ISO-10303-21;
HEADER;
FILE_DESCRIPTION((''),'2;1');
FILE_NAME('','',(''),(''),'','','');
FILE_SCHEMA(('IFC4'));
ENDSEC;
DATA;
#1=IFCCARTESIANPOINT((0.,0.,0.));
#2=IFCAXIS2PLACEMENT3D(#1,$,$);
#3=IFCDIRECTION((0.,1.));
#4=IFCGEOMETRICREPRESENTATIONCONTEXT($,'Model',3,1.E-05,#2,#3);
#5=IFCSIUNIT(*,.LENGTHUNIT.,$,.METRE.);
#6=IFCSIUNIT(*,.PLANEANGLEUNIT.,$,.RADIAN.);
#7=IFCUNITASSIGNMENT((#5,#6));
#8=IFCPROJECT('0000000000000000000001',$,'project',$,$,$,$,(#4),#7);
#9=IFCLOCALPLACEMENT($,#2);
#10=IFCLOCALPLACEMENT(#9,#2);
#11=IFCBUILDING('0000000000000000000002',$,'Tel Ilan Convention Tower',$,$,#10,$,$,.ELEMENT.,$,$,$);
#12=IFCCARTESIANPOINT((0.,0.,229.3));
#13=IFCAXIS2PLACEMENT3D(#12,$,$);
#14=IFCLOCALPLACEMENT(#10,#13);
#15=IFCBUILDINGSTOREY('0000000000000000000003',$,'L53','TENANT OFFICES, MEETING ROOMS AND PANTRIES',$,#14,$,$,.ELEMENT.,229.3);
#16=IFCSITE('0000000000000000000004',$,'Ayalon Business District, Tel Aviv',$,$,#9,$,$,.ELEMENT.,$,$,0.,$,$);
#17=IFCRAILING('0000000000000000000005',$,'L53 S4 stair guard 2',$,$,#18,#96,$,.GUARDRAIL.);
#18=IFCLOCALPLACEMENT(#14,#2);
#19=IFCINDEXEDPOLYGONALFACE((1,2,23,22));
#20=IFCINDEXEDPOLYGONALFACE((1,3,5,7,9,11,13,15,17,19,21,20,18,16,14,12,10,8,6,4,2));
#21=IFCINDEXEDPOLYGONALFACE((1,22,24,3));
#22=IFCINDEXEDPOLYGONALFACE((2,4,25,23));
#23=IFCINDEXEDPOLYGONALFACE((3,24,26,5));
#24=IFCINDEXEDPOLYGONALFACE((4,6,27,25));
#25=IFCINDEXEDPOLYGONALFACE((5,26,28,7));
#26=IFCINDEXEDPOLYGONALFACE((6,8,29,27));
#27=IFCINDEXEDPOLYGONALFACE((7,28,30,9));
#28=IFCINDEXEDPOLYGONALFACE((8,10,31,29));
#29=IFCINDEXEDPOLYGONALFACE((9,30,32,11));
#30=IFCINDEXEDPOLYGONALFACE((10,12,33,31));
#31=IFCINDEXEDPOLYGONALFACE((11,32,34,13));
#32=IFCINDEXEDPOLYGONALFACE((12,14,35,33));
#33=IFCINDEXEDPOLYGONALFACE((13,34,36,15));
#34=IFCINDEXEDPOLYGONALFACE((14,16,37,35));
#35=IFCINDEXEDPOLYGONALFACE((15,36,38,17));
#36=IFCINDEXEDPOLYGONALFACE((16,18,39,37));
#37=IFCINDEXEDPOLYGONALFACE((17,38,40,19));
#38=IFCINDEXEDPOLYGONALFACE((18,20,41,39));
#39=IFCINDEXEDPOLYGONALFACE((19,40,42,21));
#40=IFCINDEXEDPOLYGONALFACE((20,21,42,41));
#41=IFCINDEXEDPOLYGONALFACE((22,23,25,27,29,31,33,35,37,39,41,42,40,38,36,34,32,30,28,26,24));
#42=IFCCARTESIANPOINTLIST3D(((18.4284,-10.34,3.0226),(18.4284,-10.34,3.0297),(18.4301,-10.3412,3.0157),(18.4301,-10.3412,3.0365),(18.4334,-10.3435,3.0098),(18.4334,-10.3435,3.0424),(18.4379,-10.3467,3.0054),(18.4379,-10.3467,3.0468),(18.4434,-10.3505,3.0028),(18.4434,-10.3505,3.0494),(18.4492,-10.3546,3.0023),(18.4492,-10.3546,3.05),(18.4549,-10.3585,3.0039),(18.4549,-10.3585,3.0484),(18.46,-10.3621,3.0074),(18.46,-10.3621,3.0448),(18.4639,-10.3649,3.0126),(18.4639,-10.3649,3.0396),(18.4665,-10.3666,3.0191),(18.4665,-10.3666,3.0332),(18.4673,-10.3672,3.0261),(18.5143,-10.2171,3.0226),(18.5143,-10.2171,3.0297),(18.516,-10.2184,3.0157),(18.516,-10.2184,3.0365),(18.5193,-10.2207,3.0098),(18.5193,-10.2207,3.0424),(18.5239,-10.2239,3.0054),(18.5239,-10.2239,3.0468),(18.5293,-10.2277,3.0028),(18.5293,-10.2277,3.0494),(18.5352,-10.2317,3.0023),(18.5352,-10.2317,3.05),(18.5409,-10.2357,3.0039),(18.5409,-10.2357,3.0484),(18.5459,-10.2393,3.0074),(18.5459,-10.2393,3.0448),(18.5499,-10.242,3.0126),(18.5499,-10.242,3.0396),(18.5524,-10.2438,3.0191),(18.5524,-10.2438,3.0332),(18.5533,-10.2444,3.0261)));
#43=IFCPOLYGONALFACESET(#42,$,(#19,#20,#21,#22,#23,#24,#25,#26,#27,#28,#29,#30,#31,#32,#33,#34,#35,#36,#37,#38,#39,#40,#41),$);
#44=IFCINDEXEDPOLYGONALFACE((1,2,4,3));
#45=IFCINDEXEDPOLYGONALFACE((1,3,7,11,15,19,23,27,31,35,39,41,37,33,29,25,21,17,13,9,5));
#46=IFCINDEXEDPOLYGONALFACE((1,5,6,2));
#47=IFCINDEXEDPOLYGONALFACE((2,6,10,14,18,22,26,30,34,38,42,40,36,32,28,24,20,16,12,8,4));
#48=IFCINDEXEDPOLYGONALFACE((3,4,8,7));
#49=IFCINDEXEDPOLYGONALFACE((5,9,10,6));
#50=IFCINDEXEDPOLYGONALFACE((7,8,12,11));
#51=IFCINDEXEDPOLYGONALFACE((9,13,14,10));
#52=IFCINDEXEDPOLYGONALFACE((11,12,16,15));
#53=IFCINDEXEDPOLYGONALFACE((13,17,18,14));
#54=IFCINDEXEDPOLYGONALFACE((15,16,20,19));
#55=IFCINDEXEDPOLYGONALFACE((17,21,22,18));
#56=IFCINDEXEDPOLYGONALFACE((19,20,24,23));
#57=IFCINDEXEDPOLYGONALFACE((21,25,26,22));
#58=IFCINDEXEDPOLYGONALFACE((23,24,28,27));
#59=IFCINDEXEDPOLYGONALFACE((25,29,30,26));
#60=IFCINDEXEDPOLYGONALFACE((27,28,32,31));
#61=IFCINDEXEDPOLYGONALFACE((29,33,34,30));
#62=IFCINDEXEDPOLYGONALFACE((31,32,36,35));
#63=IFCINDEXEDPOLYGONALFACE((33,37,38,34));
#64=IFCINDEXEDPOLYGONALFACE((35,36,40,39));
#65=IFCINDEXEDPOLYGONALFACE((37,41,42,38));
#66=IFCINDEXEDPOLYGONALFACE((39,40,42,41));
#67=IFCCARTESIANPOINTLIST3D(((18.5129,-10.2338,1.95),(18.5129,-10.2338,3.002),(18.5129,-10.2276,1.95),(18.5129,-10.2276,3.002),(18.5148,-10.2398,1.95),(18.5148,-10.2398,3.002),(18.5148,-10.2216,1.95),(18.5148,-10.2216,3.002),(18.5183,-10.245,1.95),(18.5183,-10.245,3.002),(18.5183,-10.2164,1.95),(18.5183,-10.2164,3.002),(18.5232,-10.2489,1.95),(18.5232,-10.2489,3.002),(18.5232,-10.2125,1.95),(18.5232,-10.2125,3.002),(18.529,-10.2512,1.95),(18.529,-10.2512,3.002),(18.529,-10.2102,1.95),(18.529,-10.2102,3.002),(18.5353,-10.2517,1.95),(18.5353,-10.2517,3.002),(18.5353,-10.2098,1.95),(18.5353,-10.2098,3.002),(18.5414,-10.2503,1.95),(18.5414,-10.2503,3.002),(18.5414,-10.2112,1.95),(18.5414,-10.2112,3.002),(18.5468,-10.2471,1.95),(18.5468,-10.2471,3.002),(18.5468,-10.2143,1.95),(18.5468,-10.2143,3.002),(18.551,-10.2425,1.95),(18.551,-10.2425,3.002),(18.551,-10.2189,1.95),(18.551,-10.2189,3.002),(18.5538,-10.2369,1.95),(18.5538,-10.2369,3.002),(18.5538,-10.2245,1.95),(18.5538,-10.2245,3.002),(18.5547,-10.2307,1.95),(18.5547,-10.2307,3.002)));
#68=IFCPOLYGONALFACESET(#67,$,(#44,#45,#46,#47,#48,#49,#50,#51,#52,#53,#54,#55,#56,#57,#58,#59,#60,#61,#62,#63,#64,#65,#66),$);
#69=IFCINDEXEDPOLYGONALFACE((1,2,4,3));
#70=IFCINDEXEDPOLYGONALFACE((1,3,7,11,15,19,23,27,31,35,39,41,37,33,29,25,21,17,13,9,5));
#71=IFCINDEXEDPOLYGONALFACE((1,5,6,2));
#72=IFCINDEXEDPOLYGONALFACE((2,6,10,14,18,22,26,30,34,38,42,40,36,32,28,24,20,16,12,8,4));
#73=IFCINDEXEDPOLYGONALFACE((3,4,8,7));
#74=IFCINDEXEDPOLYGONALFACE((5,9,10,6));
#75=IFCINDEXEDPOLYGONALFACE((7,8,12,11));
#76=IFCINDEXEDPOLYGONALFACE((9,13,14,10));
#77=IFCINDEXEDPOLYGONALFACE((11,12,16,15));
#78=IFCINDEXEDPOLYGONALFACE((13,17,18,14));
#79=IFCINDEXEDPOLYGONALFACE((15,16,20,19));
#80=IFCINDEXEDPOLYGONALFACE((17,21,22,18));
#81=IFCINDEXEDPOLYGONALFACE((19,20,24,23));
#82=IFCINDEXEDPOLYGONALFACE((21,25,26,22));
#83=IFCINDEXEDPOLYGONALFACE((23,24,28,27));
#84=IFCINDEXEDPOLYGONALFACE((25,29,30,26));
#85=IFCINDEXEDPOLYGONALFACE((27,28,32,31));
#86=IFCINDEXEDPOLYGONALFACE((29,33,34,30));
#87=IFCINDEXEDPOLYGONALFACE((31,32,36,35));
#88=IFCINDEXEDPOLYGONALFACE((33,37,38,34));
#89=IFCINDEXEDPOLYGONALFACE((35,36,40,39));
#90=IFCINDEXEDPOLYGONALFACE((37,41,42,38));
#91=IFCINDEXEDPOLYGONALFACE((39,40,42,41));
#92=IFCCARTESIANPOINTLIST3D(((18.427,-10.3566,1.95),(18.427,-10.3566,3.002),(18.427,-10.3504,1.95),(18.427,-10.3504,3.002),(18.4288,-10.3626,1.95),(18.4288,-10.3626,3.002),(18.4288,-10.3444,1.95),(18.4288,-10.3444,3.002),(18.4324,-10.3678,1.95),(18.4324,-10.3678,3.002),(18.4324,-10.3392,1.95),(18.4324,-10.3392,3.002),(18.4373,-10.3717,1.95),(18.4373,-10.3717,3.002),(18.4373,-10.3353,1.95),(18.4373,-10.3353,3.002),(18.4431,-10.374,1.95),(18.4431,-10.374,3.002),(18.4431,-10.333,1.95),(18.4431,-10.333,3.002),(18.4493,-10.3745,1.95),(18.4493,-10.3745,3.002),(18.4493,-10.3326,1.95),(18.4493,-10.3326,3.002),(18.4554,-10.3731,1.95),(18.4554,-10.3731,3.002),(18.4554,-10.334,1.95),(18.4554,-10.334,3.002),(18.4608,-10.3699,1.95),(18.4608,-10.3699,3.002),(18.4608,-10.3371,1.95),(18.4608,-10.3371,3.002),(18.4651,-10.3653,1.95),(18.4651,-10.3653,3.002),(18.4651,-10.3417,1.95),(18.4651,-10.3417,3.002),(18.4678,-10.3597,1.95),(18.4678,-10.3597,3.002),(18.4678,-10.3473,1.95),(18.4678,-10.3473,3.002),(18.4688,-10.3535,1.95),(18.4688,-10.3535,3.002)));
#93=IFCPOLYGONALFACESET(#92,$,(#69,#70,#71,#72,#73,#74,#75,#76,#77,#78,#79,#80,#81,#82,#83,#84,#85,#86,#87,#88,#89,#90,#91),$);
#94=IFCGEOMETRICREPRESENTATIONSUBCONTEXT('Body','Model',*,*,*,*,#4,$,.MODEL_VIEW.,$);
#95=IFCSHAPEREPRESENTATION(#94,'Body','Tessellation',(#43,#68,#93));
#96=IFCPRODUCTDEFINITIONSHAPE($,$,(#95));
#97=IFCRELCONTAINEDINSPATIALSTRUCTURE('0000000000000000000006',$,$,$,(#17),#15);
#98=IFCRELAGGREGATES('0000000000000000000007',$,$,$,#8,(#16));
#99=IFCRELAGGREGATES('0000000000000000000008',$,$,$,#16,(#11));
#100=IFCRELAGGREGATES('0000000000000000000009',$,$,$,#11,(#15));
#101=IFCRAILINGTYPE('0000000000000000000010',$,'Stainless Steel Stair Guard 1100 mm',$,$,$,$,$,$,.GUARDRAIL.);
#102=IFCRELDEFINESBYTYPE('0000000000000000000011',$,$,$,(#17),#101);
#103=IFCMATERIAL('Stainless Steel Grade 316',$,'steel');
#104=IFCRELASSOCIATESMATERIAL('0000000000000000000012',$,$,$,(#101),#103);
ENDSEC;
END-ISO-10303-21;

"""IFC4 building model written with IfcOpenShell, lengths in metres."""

from ifc_helpers import new_model, si_unit, direction, frame, origin, origin_2d, place, context, subcontext, project, spatial, circle, extrude, material, type_object, element, save


model = new_model("IFC4")

# Units and contexts
model_context = context("Model", 3, precision=1e-05, world=origin(), true_north=direction((0.0, 1.0)))
body_context = subcontext(model_context, "Body", "Model", "MODEL_VIEW")
ifc_project = project(units=[si_unit("LENGTHUNIT", "METRE"), si_unit("PLANEANGLEUNIT", "RADIAN")], contexts=[model_context])

# Site, building, storey
site_placement = place(None, origin())
site = spatial("IfcSite", under=ifc_project, at=site_placement, Name="Ayalon Business District, Tel Aviv", CompositionType="ELEMENT", RefElevation=0.0)
building_placement = place(site_placement, origin())
building = spatial("IfcBuilding", under=site, at=building_placement, Name="Tel Ilan Convention Tower", CompositionType="ELEMENT")
storey_placement = place(building_placement, frame((0.0, 0.0, 229.3)))
storey = spatial("IfcBuildingStorey", under=building, at=storey_placement, Name="L53", Description="TENANT OFFICES, MEETING ROOMS AND PANTRIES", CompositionType="ELEMENT", Elevation=229.3)

# Railing
ifc_material_1 = material(Name="Stainless Steel Grade 316", Category="steel")
railing_type_1 = type_object("IfcRailingType", Name="Stainless Steel Stair Guard 1100 mm", PredefinedType="GUARDRAIL", material=ifc_material_1)
railing_1_placement = place(storey_placement, frame((18.5337, -10.2307, 1.95)))
element("IfcRailing", 1, at=railing_1_placement, inside=storey, type_object=railing_type_1, Name="L53 S4 stair guard 2", PredefinedType="GUARDRAIL", context=body_context, shape_type="SweptSolid", body=[
    extrude(circle(Radius=0.0239, at=origin_2d()), frame((0.0, 0.0, 1.0762), z_axis=(-0.573353, -0.819308, 0.0), x_axis=(0.819308, -0.573353, 0.0)), (0.0, 0.0, 1.0), 0.1499),
    extrude(circle(Radius=0.021, at=origin_2d()), origin(), (0.0, 0.0, 1.0), 1.052),
    extrude(circle(Radius=0.021, at=origin_2d()), frame((-0.0859, -0.1228, 0.0)), (0.0, 0.0, 1.0), 1.052),
])

save(model, "model.ifc")
